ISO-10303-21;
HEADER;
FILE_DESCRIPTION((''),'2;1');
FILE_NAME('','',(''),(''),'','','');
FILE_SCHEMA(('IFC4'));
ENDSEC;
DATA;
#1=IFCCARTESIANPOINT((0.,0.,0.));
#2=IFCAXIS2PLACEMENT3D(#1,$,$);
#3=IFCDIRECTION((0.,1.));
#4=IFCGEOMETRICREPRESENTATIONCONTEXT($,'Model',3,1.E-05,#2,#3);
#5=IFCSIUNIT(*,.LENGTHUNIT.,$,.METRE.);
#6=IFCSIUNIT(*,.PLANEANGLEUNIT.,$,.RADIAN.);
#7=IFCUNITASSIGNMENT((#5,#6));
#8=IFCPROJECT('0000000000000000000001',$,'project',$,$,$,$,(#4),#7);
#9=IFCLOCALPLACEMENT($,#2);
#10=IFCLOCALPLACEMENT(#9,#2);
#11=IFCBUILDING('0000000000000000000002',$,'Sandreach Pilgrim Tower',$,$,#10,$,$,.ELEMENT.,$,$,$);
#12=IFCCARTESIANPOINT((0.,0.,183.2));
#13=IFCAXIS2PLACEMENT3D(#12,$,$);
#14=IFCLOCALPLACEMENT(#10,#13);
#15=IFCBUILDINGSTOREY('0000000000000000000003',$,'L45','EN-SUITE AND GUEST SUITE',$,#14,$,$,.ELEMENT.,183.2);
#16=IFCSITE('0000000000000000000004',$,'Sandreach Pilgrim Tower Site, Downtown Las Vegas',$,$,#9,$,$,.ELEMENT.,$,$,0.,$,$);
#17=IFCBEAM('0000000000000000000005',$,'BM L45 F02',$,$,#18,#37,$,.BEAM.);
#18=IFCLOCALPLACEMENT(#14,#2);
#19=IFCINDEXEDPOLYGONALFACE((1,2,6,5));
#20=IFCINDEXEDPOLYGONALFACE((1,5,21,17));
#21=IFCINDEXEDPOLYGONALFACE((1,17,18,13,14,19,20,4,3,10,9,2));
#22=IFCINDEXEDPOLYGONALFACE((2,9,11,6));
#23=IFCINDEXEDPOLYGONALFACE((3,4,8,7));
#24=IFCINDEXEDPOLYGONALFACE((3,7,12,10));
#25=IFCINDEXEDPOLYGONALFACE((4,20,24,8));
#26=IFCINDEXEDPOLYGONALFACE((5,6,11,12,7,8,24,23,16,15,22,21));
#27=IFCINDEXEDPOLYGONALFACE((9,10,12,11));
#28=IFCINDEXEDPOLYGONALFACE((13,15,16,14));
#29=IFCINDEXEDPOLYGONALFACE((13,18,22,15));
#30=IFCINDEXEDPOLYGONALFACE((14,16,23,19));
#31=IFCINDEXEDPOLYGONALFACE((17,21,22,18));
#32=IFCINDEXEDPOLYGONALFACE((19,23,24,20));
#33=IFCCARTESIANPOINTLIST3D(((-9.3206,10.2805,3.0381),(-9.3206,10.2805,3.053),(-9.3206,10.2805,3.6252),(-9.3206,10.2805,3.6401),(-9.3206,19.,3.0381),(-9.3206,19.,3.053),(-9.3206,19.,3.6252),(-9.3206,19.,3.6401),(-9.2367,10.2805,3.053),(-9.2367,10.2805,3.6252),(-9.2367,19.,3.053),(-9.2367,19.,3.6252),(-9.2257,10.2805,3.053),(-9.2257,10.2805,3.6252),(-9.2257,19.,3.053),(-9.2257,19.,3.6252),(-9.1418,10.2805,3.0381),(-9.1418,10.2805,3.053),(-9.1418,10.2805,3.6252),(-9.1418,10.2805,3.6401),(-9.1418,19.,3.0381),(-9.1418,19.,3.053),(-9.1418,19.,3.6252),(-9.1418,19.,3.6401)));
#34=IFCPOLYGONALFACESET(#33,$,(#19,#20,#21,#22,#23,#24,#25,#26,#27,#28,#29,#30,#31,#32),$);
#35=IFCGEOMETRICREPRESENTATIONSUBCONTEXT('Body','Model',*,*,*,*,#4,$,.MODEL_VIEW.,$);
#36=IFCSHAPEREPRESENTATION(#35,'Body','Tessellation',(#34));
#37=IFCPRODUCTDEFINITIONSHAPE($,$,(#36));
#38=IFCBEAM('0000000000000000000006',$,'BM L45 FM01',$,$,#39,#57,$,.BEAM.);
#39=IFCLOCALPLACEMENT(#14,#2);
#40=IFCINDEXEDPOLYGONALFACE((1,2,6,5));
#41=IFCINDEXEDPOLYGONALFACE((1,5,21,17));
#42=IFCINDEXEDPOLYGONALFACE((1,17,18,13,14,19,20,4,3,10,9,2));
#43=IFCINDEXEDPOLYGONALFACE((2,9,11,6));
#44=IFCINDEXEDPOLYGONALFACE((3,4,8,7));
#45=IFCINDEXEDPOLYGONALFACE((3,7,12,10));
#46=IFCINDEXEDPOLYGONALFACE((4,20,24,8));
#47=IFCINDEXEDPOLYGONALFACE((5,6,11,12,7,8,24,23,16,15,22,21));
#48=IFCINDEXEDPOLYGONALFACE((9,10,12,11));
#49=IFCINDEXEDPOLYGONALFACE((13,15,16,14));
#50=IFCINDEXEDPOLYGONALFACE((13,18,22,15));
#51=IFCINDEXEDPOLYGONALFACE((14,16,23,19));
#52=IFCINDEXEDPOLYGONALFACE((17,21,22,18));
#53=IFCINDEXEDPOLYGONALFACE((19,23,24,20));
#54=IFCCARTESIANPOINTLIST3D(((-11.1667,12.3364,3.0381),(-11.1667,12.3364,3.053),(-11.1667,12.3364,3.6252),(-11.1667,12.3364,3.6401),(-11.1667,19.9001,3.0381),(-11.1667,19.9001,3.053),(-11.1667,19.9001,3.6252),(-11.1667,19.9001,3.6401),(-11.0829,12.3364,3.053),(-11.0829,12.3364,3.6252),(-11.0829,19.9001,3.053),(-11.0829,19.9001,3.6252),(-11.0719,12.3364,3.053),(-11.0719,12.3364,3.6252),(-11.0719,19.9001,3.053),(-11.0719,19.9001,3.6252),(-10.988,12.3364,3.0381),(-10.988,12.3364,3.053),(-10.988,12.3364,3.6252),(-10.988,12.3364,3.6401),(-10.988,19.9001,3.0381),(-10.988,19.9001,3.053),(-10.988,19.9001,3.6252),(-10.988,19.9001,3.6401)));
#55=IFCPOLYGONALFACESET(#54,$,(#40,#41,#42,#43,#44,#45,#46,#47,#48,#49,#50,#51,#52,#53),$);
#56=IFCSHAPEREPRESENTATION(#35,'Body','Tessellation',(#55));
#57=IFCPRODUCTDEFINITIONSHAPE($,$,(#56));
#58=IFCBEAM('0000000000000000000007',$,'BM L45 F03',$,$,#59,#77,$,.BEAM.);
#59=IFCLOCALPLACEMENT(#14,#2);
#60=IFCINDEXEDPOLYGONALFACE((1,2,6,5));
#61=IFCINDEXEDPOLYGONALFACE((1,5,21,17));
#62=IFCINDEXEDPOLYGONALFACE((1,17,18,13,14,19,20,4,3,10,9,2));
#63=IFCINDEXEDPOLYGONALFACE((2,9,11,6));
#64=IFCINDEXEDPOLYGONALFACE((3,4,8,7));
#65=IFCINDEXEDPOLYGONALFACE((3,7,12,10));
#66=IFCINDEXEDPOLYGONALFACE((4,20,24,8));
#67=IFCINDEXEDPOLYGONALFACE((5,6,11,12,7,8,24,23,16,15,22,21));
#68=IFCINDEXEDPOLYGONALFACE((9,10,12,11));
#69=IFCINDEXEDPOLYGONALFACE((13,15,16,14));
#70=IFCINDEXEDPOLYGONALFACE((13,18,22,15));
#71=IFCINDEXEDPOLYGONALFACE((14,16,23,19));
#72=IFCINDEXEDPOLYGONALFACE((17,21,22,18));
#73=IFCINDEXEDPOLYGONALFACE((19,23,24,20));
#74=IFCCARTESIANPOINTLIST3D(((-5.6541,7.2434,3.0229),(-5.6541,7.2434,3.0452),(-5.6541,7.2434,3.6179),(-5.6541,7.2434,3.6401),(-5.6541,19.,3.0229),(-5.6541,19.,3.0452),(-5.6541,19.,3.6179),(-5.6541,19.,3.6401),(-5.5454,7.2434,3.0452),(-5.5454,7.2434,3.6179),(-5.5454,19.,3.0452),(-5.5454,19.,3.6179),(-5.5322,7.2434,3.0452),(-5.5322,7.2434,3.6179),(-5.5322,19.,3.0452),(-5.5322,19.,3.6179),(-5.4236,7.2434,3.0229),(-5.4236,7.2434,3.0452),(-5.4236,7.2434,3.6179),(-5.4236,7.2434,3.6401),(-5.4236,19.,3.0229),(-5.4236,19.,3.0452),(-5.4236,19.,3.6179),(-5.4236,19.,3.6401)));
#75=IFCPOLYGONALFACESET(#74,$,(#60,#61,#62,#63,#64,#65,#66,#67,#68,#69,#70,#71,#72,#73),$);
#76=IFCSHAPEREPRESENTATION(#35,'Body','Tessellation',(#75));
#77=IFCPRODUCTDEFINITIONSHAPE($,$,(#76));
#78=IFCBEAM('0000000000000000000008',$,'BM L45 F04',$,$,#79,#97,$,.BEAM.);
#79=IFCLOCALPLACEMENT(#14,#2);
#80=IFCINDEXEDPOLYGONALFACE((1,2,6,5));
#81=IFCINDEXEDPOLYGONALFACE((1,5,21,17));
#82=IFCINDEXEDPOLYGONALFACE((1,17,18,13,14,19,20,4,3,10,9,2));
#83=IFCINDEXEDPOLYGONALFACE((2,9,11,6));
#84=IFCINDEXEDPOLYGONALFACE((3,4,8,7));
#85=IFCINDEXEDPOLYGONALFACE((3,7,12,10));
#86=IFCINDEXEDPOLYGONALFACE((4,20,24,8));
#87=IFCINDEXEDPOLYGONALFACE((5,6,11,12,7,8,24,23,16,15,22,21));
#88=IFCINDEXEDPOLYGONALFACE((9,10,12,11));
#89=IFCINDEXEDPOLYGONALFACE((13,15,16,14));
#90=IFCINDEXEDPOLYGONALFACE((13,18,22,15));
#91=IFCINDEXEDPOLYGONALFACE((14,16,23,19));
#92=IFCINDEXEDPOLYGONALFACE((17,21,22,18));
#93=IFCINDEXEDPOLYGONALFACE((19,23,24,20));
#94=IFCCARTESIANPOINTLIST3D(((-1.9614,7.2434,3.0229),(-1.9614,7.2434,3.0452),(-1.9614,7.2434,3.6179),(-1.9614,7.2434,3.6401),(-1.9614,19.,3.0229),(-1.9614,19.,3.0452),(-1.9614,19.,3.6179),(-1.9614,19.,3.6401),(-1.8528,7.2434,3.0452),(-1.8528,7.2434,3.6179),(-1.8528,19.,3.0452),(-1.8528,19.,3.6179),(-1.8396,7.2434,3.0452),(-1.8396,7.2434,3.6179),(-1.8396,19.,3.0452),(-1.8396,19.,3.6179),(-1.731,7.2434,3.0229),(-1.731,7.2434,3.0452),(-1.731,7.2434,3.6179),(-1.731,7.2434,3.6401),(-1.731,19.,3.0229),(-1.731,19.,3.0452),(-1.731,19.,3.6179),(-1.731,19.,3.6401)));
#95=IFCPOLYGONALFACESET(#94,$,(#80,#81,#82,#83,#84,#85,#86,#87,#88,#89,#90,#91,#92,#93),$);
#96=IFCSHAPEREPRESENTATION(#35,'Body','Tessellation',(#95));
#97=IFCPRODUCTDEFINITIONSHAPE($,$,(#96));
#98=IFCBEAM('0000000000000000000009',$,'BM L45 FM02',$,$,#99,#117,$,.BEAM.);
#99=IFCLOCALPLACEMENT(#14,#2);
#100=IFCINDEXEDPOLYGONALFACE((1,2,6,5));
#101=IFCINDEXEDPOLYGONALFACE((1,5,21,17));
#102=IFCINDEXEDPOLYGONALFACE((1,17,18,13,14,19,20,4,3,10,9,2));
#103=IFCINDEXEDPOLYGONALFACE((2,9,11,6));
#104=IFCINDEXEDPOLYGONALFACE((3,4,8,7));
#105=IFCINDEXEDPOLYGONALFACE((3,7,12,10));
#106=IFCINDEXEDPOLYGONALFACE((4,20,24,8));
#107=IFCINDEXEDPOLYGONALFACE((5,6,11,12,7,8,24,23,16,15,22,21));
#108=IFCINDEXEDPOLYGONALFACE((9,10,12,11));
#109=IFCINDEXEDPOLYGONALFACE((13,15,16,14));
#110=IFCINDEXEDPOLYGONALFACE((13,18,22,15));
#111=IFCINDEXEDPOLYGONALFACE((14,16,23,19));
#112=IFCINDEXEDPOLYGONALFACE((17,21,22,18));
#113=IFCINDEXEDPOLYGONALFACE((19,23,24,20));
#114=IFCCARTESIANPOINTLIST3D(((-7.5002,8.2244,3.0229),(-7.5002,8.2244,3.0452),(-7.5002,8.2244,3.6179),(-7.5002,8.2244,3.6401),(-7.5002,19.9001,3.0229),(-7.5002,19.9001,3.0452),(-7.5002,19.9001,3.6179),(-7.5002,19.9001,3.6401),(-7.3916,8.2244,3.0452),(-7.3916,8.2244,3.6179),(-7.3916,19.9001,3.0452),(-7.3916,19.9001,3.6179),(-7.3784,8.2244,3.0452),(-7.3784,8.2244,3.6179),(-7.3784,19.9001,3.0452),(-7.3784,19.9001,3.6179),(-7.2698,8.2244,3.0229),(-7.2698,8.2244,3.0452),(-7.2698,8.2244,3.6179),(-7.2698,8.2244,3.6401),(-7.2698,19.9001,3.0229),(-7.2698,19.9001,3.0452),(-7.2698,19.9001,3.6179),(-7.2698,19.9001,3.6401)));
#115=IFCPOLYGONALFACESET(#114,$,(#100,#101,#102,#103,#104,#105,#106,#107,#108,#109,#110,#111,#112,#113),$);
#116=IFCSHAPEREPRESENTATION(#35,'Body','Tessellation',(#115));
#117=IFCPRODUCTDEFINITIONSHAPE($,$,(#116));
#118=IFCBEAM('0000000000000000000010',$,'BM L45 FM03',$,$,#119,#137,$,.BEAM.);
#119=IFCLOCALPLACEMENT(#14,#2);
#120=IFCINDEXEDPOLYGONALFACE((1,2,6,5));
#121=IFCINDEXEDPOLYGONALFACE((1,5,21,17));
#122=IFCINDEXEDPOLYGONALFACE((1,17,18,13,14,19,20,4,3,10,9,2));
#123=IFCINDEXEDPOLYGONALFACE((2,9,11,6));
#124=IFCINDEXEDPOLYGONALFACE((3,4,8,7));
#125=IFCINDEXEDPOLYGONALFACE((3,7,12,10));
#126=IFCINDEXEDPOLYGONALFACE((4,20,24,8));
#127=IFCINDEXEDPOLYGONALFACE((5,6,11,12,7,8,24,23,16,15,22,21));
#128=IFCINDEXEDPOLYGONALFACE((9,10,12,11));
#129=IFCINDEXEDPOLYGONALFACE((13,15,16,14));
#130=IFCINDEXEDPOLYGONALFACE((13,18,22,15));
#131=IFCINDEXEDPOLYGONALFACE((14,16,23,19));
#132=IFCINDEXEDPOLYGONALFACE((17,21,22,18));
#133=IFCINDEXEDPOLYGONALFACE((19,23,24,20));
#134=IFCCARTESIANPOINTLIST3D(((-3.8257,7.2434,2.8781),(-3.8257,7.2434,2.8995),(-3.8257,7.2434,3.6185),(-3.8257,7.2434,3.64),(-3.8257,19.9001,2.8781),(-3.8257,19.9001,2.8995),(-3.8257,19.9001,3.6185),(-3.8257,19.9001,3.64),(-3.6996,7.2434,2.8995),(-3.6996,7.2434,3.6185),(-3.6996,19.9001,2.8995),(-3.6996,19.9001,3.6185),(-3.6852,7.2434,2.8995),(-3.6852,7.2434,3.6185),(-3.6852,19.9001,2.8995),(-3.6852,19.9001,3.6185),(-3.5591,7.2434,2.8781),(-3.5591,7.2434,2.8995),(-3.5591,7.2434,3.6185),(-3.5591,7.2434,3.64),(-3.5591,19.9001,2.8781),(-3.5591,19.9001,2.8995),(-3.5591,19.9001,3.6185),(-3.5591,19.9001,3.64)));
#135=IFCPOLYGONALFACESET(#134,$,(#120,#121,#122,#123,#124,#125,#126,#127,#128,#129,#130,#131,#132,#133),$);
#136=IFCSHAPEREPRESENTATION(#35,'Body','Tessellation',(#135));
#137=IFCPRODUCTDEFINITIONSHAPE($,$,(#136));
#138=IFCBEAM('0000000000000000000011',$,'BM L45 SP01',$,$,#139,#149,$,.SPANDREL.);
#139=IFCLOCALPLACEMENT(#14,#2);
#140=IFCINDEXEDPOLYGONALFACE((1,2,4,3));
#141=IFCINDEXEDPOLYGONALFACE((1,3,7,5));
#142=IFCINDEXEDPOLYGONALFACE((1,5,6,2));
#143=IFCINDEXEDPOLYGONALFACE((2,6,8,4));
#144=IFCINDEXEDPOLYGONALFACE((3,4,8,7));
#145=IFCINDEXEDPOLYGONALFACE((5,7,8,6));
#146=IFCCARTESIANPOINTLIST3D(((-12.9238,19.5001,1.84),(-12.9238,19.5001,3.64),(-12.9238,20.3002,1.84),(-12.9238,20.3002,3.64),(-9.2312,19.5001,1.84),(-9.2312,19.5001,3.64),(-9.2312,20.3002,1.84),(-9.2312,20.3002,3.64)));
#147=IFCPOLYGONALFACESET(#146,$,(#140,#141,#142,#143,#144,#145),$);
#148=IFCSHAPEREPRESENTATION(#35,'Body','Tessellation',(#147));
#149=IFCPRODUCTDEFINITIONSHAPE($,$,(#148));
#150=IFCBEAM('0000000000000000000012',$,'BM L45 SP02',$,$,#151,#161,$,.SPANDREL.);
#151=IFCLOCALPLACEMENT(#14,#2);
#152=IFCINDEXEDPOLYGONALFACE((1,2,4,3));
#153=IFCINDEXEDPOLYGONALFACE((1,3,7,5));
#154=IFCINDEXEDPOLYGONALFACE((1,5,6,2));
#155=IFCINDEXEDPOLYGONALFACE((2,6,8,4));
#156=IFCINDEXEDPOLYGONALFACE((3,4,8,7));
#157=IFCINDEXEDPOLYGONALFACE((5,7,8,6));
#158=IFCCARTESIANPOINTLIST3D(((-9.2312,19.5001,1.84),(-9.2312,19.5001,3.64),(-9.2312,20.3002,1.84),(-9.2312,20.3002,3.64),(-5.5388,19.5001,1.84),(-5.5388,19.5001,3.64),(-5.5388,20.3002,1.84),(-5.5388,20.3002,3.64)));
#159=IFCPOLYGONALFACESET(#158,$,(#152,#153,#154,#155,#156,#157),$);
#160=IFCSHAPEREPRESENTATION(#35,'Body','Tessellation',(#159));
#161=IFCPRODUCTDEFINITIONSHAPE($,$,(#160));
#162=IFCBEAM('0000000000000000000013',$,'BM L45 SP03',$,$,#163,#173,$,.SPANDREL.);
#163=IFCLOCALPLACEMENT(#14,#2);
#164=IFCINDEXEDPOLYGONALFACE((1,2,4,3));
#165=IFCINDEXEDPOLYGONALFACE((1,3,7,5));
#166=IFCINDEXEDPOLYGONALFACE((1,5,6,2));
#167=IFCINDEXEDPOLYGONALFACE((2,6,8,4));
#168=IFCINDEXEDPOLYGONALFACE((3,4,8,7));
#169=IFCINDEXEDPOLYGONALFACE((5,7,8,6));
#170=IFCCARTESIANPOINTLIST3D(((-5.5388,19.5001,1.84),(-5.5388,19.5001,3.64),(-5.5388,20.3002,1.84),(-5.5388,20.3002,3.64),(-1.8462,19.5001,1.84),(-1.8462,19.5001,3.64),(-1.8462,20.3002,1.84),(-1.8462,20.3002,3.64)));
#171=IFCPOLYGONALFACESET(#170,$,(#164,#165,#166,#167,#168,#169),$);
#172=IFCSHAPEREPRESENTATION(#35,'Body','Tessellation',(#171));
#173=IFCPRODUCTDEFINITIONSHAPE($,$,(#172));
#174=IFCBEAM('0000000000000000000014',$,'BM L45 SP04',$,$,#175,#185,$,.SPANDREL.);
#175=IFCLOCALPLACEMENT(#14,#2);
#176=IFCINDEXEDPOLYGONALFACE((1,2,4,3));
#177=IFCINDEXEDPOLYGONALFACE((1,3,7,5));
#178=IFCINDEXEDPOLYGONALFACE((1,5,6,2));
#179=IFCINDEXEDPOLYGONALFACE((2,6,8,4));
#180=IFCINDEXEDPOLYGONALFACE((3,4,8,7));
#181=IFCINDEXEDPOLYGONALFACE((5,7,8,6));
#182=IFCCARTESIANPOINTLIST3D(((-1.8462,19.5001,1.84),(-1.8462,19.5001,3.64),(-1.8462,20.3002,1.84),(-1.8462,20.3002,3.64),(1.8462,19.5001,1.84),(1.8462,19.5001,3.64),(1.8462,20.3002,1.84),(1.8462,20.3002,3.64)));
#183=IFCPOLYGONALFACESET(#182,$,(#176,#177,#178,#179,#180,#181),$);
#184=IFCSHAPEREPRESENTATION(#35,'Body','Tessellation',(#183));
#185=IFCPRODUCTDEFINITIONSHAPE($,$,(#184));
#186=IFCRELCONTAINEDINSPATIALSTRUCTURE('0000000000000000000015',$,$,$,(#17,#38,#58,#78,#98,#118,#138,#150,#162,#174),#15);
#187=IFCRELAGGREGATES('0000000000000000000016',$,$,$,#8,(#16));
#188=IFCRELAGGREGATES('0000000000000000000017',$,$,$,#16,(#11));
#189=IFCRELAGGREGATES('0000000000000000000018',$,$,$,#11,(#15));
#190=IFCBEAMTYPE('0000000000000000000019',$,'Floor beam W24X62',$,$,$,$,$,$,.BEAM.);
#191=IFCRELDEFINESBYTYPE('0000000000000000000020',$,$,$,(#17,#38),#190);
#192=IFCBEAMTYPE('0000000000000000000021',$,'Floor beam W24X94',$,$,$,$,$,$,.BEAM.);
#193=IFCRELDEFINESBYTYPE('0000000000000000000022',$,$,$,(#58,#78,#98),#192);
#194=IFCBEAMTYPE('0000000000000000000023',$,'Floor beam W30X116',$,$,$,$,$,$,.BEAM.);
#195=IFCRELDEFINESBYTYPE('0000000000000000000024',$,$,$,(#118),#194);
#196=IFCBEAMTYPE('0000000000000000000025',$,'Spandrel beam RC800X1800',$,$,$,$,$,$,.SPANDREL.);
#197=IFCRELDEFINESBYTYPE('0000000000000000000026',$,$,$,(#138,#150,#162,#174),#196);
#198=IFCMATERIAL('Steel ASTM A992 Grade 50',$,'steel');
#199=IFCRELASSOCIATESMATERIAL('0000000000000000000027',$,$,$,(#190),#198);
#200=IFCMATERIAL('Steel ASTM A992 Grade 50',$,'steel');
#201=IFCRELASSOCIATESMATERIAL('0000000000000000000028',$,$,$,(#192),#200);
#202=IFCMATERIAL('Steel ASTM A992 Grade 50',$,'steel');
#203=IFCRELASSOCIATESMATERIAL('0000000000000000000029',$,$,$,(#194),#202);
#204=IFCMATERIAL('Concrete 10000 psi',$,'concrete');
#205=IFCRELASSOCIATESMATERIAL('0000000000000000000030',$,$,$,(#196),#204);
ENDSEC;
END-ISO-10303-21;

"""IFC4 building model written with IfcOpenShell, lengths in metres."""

from ifc_helpers import new_model, si_unit, direction, frame, origin, origin_2d, place, context, subcontext, project, spatial, rectangle, i_section, extrude, material, material_profile, profile_set, type_object, element, save


model = new_model("IFC4")

# Units and contexts
model_context = context("Model", 3, precision=1e-05, world=origin(), true_north=direction((0.0, 1.0)))
body_context = subcontext(model_context, "Body", "Model", "MODEL_VIEW")
ifc_project = project(units=[si_unit("LENGTHUNIT", "METRE"), si_unit("PLANEANGLEUNIT", "RADIAN")], contexts=[model_context])

# Site, building, storey
site_placement = place(None, origin())
site = spatial("IfcSite", under=ifc_project, at=site_placement, Name="Sandreach Pilgrim Tower Site, Downtown Las Vegas", CompositionType="ELEMENT", RefElevation=0.0)
building_placement = place(site_placement, origin())
building = spatial("IfcBuilding", under=site, at=building_placement, Name="Sandreach Pilgrim Tower", CompositionType="ELEMENT")
storey_placement = place(building_placement, frame((0.0, 0.0, 183.2)))
storey = spatial("IfcBuildingStorey", under=building, at=storey_placement, Name="L45", Description="EN-SUITE AND GUEST SUITE", CompositionType="ELEMENT", Elevation=183.2)

# Beams
ifc_material_1 = material(Name="Steel ASTM A992 Grade 50", Category="steel")
ifc_material_profile_1 = material_profile(ifc_material_1, i_section(OverallWidth=0.1787, OverallDepth=0.6021, WebThickness=0.011, FlangeThickness=0.0149, at=origin_2d()), Name="W24X62")
ifc_profile_set_1 = profile_set([ifc_material_profile_1], Name="Steel ASTM A992 Grade 50")
beam_type_1 = type_object("IfcBeamType", Name="Floor beam W24X62", PredefinedType="BEAM", material=ifc_profile_set_1)
beam_1_placement = place(storey_placement, frame((-9.2312, 19.0, 3.3391), z_axis=(0.0, -1.0, 0.0), x_axis=(1.0, 0.0, 0.0)))
element("IfcBeam", 1, at=beam_1_placement, inside=storey, type_object=beam_type_1, Name="BM L45 F02", PredefinedType="BEAM", context=body_context, shape_type="SweptSolid", body=[
    extrude(i_section(OverallWidth=0.1787, OverallDepth=0.6021, WebThickness=0.011, FlangeThickness=0.0149, at=origin_2d()), origin(), (0.0, 0.0, 1.0), 8.7195),
])
beam_2_placement = place(storey_placement, frame((-11.0774, 19.9001, 3.3391), z_axis=(0.0, -1.0, 0.0), x_axis=(1.0, 0.0, 0.0)))
element("IfcBeam", 2, at=beam_2_placement, inside=storey, type_object=beam_type_1, Name="BM L45 FM01", PredefinedType="BEAM", context=body_context, shape_type="SweptSolid", body=[
    extrude(i_section(OverallWidth=0.1787, OverallDepth=0.6021, WebThickness=0.011, FlangeThickness=0.0149, at=origin_2d()), origin(), (0.0, 0.0, 1.0), 7.5637),
])
ifc_material_2 = material(Name="Steel ASTM A992 Grade 50", Category="steel")
ifc_material_profile_2 = material_profile(ifc_material_2, i_section(OverallWidth=0.2305, OverallDepth=0.6172, WebThickness=0.0132, FlangeThickness=0.0222, at=origin_2d()), Name="W24X94")
ifc_profile_set_2 = profile_set([ifc_material_profile_2], Name="Steel ASTM A992 Grade 50")
beam_type_2 = type_object("IfcBeamType", Name="Floor beam W24X94", PredefinedType="BEAM", material=ifc_profile_set_2)
for number, where, z_axis, x_axis, name in (
    (3, (-5.5388, 19.0, 3.3315), (0.0, -1.0, 0.0), (1.0, 0.0, 0.0), "BM L45 F03"),
    (4, (-1.8462, 19.0, 3.3315), (0.0, -1.0, 0.0), (1.0, 0.0, 0.0), "BM L45 F04"),
):
    element("IfcBeam", number, at=place(storey_placement, frame(where, z_axis=z_axis, x_axis=x_axis)), inside=storey, type_object=beam_type_2, Name=name, PredefinedType="BEAM", context=body_context, shape_type="SweptSolid", body=[
        extrude(i_section(OverallWidth=0.2305, OverallDepth=0.6172, WebThickness=0.0132, FlangeThickness=0.0222, at=origin_2d()), origin(), (0.0, 0.0, 1.0), 11.7566),
    ])
beam_3_placement = place(storey_placement, frame((-7.385, 19.9001, 3.3315), z_axis=(0.0, -1.0, 0.0), x_axis=(1.0, 0.0, 0.0)))
element("IfcBeam", 5, at=beam_3_placement, inside=storey, type_object=beam_type_2, Name="BM L45 FM02", PredefinedType="BEAM", context=body_context, shape_type="SweptSolid", body=[
    extrude(i_section(OverallWidth=0.2305, OverallDepth=0.6172, WebThickness=0.0132, FlangeThickness=0.0222, at=origin_2d()), origin(), (0.0, 0.0, 1.0), 11.6758),
])
ifc_material_3 = material(Name="Steel ASTM A992 Grade 50", Category="steel")
ifc_material_profile_3 = material_profile(ifc_material_3, i_section(OverallWidth=0.2666, OverallDepth=0.762, WebThickness=0.0144, FlangeThickness=0.0215, at=origin_2d()), Name="W30X116")
ifc_profile_set_3 = profile_set([ifc_material_profile_3], Name="Steel ASTM A992 Grade 50")
beam_type_3 = type_object("IfcBeamType", Name="Floor beam W30X116", PredefinedType="BEAM", material=ifc_profile_set_3)
beam_4_placement = place(storey_placement, frame((-3.6924, 19.9001, 3.259), z_axis=(0.0, -1.0, 0.0), x_axis=(1.0, 0.0, 0.0)))
element("IfcBeam", 6, at=beam_4_placement, inside=storey, type_object=beam_type_3, Name="BM L45 FM03", PredefinedType="BEAM", context=body_context, shape_type="SweptSolid", body=[
    extrude(i_section(OverallWidth=0.2666, OverallDepth=0.762, WebThickness=0.0144, FlangeThickness=0.0215, at=origin_2d()), origin(), (0.0, 0.0, 1.0), 12.6567),
])
ifc_material_4 = material(Name="Concrete 10000 psi", Category="concrete")
ifc_material_profile_4 = material_profile(ifc_material_4, rectangle(XDim=0.8, YDim=1.8, at=origin_2d()), Name="RC800X1800")
ifc_profile_set_4 = profile_set([ifc_material_profile_4], Name="Concrete 10000 psi")
beam_type_4 = type_object("IfcBeamType", Name="Spandrel beam RC800X1800", PredefinedType="SPANDREL", material=ifc_profile_set_4)
beam_5_placement = place(storey_placement, frame((-12.9238, 19.9001, 2.74), z_axis=(1.0, 0.0, 0.0), x_axis=(0.0, 1.0, 0.0)))
element("IfcBeam", 7, at=beam_5_placement, inside=storey, type_object=beam_type_4, Name="BM L45 SP01", PredefinedType="SPANDREL", context=body_context, shape_type="SweptSolid", body=[
    extrude(rectangle(XDim=0.8, YDim=1.8, at=origin_2d()), origin(), (0.0, 0.0, 1.0), 3.6926),
])
beam_6_placement = place(storey_placement, frame((-9.2312, 19.9001, 2.74), z_axis=(1.0, 0.0, 0.0), x_axis=(0.0, 1.0, 0.0)))
element("IfcBeam", 8, at=beam_6_placement, inside=storey, type_object=beam_type_4, Name="BM L45 SP02", PredefinedType="SPANDREL", context=body_context, shape_type="SweptSolid", body=[
    extrude(rectangle(XDim=0.8, YDim=1.8, at=origin_2d()), origin(), (0.0, 0.0, 1.0), 3.6924),
])
beam_7_placement = place(storey_placement, frame((-5.5388, 19.9001, 2.74), z_axis=(1.0, 0.0, 0.0), x_axis=(0.0, 1.0, 0.0)))
element("IfcBeam", 9, at=beam_7_placement, inside=storey, type_object=beam_type_4, Name="BM L45 SP03", PredefinedType="SPANDREL", context=body_context, shape_type="SweptSolid", body=[
    extrude(rectangle(XDim=0.8, YDim=1.8, at=origin_2d()), origin(), (0.0, 0.0, 1.0), 3.6926),
])
beam_8_placement = place(storey_placement, frame((-1.8462, 19.9001, 2.74), z_axis=(1.0, 0.0, 0.0), x_axis=(0.0, 1.0, 0.0)))
element("IfcBeam", 10, at=beam_8_placement, inside=storey, type_object=beam_type_4, Name="BM L45 SP04", PredefinedType="SPANDREL", context=body_context, shape_type="SweptSolid", body=[
    extrude(rectangle(XDim=0.8, YDim=1.8, at=origin_2d()), origin(), (0.0, 0.0, 1.0), 3.6924),
])

save(model, "model.ifc")
